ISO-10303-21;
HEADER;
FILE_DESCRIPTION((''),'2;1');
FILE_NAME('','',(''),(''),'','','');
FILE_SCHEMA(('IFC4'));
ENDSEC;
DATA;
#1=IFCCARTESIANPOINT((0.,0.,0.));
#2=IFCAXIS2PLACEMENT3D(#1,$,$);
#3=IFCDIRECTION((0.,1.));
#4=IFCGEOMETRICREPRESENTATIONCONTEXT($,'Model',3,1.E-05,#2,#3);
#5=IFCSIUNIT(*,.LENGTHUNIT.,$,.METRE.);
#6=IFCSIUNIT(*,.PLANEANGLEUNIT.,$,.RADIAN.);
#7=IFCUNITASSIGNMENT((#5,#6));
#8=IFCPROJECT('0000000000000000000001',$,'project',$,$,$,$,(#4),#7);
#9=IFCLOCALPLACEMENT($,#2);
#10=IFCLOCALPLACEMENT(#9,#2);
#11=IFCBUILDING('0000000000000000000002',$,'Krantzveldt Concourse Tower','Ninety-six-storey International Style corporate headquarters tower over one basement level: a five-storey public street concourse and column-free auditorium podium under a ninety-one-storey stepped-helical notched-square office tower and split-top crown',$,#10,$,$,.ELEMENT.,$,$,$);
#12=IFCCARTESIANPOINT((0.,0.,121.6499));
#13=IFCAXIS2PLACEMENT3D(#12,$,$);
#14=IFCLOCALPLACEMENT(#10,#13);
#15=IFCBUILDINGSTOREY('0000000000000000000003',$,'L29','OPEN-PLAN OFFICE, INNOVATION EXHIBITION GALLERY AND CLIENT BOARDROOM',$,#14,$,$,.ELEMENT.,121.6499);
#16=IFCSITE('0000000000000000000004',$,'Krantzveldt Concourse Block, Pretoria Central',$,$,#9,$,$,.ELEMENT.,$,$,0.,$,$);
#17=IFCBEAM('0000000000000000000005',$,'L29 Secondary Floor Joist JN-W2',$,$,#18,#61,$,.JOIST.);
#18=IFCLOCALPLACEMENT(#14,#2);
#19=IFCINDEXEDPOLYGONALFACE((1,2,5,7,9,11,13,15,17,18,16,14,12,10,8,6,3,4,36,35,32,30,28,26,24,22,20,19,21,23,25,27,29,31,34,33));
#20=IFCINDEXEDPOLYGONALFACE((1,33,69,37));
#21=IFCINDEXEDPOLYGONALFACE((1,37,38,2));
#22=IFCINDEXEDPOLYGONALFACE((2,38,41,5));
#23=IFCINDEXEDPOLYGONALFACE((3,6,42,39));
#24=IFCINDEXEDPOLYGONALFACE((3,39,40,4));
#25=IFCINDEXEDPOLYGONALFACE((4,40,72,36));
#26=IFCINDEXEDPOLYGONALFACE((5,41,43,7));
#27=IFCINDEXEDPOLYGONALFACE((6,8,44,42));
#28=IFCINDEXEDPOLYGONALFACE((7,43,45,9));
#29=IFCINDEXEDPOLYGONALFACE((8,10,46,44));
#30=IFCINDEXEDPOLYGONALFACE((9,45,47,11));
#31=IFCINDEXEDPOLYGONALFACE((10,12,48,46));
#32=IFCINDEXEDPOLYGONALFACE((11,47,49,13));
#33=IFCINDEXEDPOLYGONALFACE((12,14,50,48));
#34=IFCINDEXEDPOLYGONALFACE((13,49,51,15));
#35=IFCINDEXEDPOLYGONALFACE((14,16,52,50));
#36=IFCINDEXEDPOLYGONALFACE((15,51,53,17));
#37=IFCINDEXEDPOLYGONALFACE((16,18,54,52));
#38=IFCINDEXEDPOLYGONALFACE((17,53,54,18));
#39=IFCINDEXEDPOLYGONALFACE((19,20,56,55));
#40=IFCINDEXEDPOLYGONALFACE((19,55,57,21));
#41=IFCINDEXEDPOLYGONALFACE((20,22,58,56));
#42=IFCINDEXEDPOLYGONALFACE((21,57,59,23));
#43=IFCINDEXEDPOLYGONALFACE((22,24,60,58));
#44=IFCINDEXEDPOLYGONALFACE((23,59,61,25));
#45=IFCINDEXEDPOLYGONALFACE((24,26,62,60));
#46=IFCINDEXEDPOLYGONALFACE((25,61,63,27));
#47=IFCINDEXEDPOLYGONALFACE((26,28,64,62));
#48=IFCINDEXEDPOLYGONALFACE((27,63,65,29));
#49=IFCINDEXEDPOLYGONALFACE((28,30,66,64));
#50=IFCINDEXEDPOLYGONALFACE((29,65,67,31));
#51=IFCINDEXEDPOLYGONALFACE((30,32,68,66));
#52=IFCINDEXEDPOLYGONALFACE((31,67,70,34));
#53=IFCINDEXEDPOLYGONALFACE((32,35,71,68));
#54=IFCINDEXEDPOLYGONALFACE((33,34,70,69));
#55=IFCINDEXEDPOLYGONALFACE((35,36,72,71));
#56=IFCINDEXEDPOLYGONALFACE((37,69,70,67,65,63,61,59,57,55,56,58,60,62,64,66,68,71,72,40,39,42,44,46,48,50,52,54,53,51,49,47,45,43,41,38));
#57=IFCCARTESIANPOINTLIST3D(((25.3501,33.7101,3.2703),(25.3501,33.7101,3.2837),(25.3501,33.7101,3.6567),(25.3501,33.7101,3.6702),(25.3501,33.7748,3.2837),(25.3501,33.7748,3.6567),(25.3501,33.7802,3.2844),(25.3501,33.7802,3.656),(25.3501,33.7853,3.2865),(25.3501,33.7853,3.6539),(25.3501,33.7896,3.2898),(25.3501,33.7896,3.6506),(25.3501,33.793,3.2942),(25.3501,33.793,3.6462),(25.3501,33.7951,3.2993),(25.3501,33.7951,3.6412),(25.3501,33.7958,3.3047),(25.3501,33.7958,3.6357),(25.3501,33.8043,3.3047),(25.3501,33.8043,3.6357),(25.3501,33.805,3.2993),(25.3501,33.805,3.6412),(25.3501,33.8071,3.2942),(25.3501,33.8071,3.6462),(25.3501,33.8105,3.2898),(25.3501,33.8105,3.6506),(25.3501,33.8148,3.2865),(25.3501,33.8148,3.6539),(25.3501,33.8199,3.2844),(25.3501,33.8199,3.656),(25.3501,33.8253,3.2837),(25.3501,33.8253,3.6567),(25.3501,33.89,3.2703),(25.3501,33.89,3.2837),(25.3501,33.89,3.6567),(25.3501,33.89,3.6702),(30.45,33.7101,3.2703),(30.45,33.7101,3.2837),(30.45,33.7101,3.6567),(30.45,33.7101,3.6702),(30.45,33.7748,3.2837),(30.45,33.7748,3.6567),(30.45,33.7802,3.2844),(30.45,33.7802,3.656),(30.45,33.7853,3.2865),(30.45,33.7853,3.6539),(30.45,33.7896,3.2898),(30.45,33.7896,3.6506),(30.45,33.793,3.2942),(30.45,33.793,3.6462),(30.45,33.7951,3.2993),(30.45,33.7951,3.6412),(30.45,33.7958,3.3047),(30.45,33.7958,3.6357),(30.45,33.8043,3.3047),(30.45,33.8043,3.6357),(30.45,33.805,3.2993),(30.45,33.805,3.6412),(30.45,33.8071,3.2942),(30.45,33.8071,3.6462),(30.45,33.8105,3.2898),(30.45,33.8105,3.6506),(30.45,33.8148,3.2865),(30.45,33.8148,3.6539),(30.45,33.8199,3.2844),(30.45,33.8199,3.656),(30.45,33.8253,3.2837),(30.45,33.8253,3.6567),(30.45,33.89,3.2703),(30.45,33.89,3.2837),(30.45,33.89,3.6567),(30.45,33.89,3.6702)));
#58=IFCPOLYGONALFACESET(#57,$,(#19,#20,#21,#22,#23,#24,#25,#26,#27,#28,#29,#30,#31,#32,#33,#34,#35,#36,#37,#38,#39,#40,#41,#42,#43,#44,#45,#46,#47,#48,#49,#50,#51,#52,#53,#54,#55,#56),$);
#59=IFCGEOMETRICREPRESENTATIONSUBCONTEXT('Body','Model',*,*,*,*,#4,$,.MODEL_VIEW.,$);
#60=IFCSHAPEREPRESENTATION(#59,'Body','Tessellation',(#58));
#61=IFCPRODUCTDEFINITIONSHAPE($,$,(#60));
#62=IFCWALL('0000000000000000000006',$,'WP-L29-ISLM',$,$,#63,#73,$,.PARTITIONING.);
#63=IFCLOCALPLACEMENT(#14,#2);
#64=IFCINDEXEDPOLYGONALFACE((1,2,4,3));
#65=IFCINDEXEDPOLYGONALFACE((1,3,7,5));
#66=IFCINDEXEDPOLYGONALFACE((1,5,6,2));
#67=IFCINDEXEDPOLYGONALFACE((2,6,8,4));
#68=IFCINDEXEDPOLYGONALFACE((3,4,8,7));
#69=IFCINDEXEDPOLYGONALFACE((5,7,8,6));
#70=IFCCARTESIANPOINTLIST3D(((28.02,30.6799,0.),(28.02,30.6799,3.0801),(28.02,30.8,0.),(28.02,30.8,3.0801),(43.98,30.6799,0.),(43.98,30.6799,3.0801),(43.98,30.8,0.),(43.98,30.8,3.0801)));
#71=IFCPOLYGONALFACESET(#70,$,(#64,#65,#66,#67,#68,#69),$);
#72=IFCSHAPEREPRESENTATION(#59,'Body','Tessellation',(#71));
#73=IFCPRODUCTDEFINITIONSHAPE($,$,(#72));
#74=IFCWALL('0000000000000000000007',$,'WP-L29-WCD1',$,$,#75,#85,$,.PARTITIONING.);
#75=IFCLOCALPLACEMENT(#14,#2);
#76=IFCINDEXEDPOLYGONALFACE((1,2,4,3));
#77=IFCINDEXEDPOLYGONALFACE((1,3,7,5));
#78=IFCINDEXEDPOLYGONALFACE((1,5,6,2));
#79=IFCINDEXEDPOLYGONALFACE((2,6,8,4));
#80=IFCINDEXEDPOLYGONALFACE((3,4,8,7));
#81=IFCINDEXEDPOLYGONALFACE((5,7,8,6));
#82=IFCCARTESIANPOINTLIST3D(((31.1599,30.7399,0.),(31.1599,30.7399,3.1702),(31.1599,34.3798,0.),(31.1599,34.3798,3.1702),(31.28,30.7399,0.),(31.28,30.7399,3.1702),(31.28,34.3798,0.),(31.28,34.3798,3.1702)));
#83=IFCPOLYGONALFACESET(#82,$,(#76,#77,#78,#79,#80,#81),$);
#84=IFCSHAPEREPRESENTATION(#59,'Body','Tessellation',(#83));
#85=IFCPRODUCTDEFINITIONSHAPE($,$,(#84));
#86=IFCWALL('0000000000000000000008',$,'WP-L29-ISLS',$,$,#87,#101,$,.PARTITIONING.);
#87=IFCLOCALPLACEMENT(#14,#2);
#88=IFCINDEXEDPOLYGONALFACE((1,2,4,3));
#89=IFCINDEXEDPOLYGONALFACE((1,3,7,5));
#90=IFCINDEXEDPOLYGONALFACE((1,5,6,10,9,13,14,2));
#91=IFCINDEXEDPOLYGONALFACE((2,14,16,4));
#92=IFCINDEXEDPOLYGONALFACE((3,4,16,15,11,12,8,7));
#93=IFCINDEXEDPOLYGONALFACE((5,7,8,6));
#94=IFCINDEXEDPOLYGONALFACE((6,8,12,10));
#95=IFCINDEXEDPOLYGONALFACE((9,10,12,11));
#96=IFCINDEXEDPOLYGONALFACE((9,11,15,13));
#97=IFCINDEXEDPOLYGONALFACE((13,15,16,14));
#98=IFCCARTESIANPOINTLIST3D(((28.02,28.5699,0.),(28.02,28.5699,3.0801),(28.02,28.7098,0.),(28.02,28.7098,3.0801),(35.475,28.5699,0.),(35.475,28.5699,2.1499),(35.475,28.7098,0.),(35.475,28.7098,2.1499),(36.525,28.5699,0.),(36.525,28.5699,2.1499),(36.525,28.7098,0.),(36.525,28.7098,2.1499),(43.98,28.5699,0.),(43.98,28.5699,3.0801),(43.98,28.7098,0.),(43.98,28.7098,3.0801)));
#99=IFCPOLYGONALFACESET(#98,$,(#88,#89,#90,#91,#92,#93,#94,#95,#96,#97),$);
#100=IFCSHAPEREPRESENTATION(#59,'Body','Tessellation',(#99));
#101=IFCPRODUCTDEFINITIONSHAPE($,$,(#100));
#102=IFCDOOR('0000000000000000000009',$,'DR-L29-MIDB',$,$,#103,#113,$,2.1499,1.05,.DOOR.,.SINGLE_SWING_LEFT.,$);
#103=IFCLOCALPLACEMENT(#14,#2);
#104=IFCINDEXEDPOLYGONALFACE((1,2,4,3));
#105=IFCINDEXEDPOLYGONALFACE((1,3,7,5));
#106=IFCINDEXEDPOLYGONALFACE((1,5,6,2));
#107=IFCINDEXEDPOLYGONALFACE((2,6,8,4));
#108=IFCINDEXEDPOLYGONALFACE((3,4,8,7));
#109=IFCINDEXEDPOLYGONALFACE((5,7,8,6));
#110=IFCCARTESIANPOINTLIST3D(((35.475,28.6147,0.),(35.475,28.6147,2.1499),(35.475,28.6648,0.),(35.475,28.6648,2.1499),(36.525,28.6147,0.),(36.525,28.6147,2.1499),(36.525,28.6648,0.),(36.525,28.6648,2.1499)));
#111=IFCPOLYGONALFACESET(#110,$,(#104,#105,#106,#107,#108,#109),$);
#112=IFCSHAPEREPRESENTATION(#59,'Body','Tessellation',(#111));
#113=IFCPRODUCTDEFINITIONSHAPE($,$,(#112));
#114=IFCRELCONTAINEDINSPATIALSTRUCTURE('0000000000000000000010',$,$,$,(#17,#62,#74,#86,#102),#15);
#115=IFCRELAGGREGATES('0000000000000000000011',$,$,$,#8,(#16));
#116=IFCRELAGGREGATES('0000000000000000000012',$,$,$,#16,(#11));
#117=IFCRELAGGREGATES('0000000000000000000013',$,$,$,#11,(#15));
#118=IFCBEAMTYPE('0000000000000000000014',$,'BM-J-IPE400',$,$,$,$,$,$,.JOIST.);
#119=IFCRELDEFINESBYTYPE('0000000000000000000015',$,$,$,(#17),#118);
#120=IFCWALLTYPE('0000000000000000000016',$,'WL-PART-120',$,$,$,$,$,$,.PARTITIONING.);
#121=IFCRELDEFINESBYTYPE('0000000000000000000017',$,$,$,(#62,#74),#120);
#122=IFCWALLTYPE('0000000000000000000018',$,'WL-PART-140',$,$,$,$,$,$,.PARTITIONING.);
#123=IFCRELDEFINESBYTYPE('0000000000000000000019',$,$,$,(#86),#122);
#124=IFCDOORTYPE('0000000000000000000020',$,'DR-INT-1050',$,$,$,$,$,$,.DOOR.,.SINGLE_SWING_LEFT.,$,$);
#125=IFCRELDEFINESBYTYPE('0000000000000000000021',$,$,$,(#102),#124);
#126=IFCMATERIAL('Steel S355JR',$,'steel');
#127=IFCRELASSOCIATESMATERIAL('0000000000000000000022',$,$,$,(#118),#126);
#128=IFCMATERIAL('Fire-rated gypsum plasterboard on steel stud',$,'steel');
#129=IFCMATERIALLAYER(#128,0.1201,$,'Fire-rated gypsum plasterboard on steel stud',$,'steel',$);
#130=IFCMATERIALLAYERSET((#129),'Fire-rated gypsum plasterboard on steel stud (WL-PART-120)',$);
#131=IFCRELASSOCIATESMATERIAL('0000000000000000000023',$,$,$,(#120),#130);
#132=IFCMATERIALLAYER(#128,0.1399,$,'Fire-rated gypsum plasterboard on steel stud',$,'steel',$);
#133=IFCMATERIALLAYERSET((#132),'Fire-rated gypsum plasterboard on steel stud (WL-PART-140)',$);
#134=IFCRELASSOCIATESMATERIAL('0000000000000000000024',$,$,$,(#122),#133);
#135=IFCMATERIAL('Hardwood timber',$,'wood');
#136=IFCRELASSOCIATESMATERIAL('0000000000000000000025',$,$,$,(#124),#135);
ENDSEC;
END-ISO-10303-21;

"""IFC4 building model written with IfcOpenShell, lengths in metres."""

from ifc_helpers import new_model, si_unit, direction, frame, frame_2d, origin, origin_2d, place, context, subcontext, project, spatial, rectangle, i_section, extrude, source, transform, mapped, material, layer, layer_set, material_profile, profile_set, type_object, type_shapes, element, fill, save


model = new_model("IFC4")

# Units and contexts
model_context = context("Model", 3, precision=1e-05, world=origin(), true_north=direction((0.0, 1.0)))
body_context = subcontext(model_context, "Body", "Model", "MODEL_VIEW")
ifc_project = project(units=[si_unit("LENGTHUNIT", "METRE"), si_unit("PLANEANGLEUNIT", "RADIAN")], contexts=[model_context])

# Site, building, storey
site_placement = place(None, origin())
site = spatial("IfcSite", under=ifc_project, at=site_placement, Name="Krantzveldt Concourse Block, Pretoria Central", CompositionType="ELEMENT", RefElevation=0.0)
building_placement = place(site_placement, origin())
building = spatial("IfcBuilding", under=site, at=building_placement, Name="Krantzveldt Concourse Tower", Description="Ninety-six-storey International Style corporate headquarters tower over one basement level: a five-storey public street concourse and column-free auditorium podium under a ninety-one-storey stepped-helical notched-square office tower and split-top crown", CompositionType="ELEMENT")
storey_placement = place(building_placement, frame((0.0, 0.0, 121.6499)))
storey = spatial("IfcBuildingStorey", under=building, at=storey_placement, Name="L29", Description="OPEN-PLAN OFFICE, INNOVATION EXHIBITION GALLERY AND CLIENT BOARDROOM", CompositionType="ELEMENT", Elevation=121.6499)

# Beam
ifc_material_1 = material(Name="Steel S355JR", Category="steel")
ifc_material_profile_1 = material_profile(ifc_material_1, i_section(OverallWidth=0.1799, OverallDepth=0.3999, WebThickness=0.0085, FlangeThickness=0.0134, FilletRadius=0.021, at=origin_2d()), Name="Steel S355JR", Category="steel")
ifc_profile_set_1 = profile_set([ifc_material_profile_1], Name="Steel S355JR - IPE 400")
beam_type_1 = type_object("IfcBeamType", Name="BM-J-IPE400", PredefinedType="JOIST", material=ifc_profile_set_1)
shared_shape_1 = source(origin(), body_context, "Body", "SweptSolid", [
    extrude(i_section(OverallWidth=0.1799, OverallDepth=0.3999, WebThickness=0.0085, FlangeThickness=0.0134, FilletRadius=0.021, at=origin_2d()), origin(), (0.0, 0.0, 1.0), 5.0999),
])
type_shapes(beam_type_1, [shared_shape_1])
beam_1_placement = place(storey_placement, frame((25.3501, 33.8, 3.4702), z_axis=(1.0, 0.0, 0.0), x_axis=(0.0, 1.0, 0.0)))
element("IfcBeam", 1, at=beam_1_placement, inside=storey, type_object=beam_type_1, Name="L29 Secondary Floor Joist JN-W2", PredefinedType="JOIST", context=body_context, shape_type="MappedRepresentation", body=[
    mapped(shared_shape_1, transform((0.0, 0.0, 0.0), x_axis=(1.0, 0.0, 0.0), y_axis=(0.0, 1.0, 0.0), z_axis=(0.0, 0.0, 1.0), scale=1.0)),
])

# Walls
ifc_material_2 = material(Name="Fire-rated gypsum plasterboard on steel stud", Category="steel")
ifc_layer_1 = layer(ifc_material_2, 0.1201, Name="Fire-rated gypsum plasterboard on steel stud", Category="steel")
ifc_layer_set_1 = layer_set([ifc_layer_1], Name="Fire-rated gypsum plasterboard on steel stud (WL-PART-120)")
wall_type_1 = type_object("IfcWallType", Name="WL-PART-120", PredefinedType="PARTITIONING", material=ifc_layer_set_1)
wall_1_placement = place(storey_placement, frame((28.02, 30.74, 0.0), z_axis=(0.0, 0.0, 1.0), x_axis=(1.0, 0.0, 0.0)))
element("IfcWall", 2, at=wall_1_placement, inside=storey, type_object=wall_type_1, Name="WP-L29-ISLM", PredefinedType="PARTITIONING", context=body_context, shape_type="SweptSolid", body=[
    extrude(rectangle(XDim=15.96, YDim=0.1201, at=frame_2d((7.98, 0.0))), origin(), (0.0, 0.0, 1.0), 3.0801),
])
wall_2_placement = place(storey_placement, frame((31.22, 30.74, 0.0), z_axis=(0.0, 0.0, 1.0), x_axis=(0.0, 1.0, 0.0)))
element("IfcWall", 3, at=wall_2_placement, inside=storey, type_object=wall_type_1, Name="WP-L29-WCD1", PredefinedType="PARTITIONING", context=body_context, shape_type="SweptSolid", body=[
    extrude(rectangle(XDim=3.6399, YDim=0.1201, at=frame_2d((1.8198, 0.0))), origin(), (0.0, 0.0, 1.0), 3.1702),
])

# Wall, opening, door
ifc_layer_2 = layer(ifc_material_2, 0.1399, Name="Fire-rated gypsum plasterboard on steel stud", Category="steel")
ifc_layer_set_2 = layer_set([ifc_layer_2], Name="Fire-rated gypsum plasterboard on steel stud (WL-PART-140)")
wall_type_2 = type_object("IfcWallType", Name="WL-PART-140", PredefinedType="PARTITIONING", material=ifc_layer_set_2)
wall_3_placement = place(storey_placement, frame((28.02, 28.6399, 0.0), z_axis=(0.0, 0.0, 1.0), x_axis=(1.0, 0.0, 0.0)))
wall_3 = element("IfcWall", 4, at=wall_3_placement, inside=storey, type_object=wall_type_2, Name="WP-L29-ISLS", PredefinedType="PARTITIONING", context=body_context, shape_type="SweptSolid", body=[
    extrude(rectangle(XDim=15.96, YDim=0.1399, at=frame_2d((7.98, 0.0))), origin(), (0.0, 0.0, 1.0), 3.0801),
])
opening_1_placement = place(wall_3_placement, frame((7.4551, 0.0, 0.0)))
opening_1 = element("IfcOpeningElement", 5, at=opening_1_placement, cuts=wall_3, PredefinedType="OPENING", context=body_context, shape_type="SweptSolid", body=[
    extrude(rectangle(XDim=1.05, YDim=2.1499, at=frame_2d((0.5249, 1.075))), frame((0.0, 0.0801, 0.0), z_axis=(0.0, -1.0, 0.0), x_axis=(1.0, 0.0, 0.0)), (0.0, 0.0, 1.0), 0.1599),
])
ifc_material_3 = material(Name="Hardwood timber", Category="wood")
door_type_1 = type_object("IfcDoorType", Name="DR-INT-1050", OperationType="SINGLE_SWING_LEFT", PredefinedType="DOOR", material=ifc_material_3)
door_1_placement = place(opening_1_placement, origin())
door_1 = element("IfcDoor", 6, at=door_1_placement, inside=storey, type_object=door_type_1, Name="DR-L29-MIDB", OperationType="SINGLE_SWING_LEFT", OverallHeight=2.1499, OverallWidth=1.05, PredefinedType="DOOR", context=body_context, shape_type="SweptSolid", body=[
    extrude(rectangle(XDim=1.05, YDim=2.1499, at=frame_2d((0.5249, 1.075))), frame((0.0, 0.0249, 0.0), z_axis=(0.0, -1.0, 0.0), x_axis=(1.0, 0.0, 0.0)), (0.0, 0.0, 1.0), 0.05),
])
fill(opening_1, door_1)

save(model, "model.ifc")
